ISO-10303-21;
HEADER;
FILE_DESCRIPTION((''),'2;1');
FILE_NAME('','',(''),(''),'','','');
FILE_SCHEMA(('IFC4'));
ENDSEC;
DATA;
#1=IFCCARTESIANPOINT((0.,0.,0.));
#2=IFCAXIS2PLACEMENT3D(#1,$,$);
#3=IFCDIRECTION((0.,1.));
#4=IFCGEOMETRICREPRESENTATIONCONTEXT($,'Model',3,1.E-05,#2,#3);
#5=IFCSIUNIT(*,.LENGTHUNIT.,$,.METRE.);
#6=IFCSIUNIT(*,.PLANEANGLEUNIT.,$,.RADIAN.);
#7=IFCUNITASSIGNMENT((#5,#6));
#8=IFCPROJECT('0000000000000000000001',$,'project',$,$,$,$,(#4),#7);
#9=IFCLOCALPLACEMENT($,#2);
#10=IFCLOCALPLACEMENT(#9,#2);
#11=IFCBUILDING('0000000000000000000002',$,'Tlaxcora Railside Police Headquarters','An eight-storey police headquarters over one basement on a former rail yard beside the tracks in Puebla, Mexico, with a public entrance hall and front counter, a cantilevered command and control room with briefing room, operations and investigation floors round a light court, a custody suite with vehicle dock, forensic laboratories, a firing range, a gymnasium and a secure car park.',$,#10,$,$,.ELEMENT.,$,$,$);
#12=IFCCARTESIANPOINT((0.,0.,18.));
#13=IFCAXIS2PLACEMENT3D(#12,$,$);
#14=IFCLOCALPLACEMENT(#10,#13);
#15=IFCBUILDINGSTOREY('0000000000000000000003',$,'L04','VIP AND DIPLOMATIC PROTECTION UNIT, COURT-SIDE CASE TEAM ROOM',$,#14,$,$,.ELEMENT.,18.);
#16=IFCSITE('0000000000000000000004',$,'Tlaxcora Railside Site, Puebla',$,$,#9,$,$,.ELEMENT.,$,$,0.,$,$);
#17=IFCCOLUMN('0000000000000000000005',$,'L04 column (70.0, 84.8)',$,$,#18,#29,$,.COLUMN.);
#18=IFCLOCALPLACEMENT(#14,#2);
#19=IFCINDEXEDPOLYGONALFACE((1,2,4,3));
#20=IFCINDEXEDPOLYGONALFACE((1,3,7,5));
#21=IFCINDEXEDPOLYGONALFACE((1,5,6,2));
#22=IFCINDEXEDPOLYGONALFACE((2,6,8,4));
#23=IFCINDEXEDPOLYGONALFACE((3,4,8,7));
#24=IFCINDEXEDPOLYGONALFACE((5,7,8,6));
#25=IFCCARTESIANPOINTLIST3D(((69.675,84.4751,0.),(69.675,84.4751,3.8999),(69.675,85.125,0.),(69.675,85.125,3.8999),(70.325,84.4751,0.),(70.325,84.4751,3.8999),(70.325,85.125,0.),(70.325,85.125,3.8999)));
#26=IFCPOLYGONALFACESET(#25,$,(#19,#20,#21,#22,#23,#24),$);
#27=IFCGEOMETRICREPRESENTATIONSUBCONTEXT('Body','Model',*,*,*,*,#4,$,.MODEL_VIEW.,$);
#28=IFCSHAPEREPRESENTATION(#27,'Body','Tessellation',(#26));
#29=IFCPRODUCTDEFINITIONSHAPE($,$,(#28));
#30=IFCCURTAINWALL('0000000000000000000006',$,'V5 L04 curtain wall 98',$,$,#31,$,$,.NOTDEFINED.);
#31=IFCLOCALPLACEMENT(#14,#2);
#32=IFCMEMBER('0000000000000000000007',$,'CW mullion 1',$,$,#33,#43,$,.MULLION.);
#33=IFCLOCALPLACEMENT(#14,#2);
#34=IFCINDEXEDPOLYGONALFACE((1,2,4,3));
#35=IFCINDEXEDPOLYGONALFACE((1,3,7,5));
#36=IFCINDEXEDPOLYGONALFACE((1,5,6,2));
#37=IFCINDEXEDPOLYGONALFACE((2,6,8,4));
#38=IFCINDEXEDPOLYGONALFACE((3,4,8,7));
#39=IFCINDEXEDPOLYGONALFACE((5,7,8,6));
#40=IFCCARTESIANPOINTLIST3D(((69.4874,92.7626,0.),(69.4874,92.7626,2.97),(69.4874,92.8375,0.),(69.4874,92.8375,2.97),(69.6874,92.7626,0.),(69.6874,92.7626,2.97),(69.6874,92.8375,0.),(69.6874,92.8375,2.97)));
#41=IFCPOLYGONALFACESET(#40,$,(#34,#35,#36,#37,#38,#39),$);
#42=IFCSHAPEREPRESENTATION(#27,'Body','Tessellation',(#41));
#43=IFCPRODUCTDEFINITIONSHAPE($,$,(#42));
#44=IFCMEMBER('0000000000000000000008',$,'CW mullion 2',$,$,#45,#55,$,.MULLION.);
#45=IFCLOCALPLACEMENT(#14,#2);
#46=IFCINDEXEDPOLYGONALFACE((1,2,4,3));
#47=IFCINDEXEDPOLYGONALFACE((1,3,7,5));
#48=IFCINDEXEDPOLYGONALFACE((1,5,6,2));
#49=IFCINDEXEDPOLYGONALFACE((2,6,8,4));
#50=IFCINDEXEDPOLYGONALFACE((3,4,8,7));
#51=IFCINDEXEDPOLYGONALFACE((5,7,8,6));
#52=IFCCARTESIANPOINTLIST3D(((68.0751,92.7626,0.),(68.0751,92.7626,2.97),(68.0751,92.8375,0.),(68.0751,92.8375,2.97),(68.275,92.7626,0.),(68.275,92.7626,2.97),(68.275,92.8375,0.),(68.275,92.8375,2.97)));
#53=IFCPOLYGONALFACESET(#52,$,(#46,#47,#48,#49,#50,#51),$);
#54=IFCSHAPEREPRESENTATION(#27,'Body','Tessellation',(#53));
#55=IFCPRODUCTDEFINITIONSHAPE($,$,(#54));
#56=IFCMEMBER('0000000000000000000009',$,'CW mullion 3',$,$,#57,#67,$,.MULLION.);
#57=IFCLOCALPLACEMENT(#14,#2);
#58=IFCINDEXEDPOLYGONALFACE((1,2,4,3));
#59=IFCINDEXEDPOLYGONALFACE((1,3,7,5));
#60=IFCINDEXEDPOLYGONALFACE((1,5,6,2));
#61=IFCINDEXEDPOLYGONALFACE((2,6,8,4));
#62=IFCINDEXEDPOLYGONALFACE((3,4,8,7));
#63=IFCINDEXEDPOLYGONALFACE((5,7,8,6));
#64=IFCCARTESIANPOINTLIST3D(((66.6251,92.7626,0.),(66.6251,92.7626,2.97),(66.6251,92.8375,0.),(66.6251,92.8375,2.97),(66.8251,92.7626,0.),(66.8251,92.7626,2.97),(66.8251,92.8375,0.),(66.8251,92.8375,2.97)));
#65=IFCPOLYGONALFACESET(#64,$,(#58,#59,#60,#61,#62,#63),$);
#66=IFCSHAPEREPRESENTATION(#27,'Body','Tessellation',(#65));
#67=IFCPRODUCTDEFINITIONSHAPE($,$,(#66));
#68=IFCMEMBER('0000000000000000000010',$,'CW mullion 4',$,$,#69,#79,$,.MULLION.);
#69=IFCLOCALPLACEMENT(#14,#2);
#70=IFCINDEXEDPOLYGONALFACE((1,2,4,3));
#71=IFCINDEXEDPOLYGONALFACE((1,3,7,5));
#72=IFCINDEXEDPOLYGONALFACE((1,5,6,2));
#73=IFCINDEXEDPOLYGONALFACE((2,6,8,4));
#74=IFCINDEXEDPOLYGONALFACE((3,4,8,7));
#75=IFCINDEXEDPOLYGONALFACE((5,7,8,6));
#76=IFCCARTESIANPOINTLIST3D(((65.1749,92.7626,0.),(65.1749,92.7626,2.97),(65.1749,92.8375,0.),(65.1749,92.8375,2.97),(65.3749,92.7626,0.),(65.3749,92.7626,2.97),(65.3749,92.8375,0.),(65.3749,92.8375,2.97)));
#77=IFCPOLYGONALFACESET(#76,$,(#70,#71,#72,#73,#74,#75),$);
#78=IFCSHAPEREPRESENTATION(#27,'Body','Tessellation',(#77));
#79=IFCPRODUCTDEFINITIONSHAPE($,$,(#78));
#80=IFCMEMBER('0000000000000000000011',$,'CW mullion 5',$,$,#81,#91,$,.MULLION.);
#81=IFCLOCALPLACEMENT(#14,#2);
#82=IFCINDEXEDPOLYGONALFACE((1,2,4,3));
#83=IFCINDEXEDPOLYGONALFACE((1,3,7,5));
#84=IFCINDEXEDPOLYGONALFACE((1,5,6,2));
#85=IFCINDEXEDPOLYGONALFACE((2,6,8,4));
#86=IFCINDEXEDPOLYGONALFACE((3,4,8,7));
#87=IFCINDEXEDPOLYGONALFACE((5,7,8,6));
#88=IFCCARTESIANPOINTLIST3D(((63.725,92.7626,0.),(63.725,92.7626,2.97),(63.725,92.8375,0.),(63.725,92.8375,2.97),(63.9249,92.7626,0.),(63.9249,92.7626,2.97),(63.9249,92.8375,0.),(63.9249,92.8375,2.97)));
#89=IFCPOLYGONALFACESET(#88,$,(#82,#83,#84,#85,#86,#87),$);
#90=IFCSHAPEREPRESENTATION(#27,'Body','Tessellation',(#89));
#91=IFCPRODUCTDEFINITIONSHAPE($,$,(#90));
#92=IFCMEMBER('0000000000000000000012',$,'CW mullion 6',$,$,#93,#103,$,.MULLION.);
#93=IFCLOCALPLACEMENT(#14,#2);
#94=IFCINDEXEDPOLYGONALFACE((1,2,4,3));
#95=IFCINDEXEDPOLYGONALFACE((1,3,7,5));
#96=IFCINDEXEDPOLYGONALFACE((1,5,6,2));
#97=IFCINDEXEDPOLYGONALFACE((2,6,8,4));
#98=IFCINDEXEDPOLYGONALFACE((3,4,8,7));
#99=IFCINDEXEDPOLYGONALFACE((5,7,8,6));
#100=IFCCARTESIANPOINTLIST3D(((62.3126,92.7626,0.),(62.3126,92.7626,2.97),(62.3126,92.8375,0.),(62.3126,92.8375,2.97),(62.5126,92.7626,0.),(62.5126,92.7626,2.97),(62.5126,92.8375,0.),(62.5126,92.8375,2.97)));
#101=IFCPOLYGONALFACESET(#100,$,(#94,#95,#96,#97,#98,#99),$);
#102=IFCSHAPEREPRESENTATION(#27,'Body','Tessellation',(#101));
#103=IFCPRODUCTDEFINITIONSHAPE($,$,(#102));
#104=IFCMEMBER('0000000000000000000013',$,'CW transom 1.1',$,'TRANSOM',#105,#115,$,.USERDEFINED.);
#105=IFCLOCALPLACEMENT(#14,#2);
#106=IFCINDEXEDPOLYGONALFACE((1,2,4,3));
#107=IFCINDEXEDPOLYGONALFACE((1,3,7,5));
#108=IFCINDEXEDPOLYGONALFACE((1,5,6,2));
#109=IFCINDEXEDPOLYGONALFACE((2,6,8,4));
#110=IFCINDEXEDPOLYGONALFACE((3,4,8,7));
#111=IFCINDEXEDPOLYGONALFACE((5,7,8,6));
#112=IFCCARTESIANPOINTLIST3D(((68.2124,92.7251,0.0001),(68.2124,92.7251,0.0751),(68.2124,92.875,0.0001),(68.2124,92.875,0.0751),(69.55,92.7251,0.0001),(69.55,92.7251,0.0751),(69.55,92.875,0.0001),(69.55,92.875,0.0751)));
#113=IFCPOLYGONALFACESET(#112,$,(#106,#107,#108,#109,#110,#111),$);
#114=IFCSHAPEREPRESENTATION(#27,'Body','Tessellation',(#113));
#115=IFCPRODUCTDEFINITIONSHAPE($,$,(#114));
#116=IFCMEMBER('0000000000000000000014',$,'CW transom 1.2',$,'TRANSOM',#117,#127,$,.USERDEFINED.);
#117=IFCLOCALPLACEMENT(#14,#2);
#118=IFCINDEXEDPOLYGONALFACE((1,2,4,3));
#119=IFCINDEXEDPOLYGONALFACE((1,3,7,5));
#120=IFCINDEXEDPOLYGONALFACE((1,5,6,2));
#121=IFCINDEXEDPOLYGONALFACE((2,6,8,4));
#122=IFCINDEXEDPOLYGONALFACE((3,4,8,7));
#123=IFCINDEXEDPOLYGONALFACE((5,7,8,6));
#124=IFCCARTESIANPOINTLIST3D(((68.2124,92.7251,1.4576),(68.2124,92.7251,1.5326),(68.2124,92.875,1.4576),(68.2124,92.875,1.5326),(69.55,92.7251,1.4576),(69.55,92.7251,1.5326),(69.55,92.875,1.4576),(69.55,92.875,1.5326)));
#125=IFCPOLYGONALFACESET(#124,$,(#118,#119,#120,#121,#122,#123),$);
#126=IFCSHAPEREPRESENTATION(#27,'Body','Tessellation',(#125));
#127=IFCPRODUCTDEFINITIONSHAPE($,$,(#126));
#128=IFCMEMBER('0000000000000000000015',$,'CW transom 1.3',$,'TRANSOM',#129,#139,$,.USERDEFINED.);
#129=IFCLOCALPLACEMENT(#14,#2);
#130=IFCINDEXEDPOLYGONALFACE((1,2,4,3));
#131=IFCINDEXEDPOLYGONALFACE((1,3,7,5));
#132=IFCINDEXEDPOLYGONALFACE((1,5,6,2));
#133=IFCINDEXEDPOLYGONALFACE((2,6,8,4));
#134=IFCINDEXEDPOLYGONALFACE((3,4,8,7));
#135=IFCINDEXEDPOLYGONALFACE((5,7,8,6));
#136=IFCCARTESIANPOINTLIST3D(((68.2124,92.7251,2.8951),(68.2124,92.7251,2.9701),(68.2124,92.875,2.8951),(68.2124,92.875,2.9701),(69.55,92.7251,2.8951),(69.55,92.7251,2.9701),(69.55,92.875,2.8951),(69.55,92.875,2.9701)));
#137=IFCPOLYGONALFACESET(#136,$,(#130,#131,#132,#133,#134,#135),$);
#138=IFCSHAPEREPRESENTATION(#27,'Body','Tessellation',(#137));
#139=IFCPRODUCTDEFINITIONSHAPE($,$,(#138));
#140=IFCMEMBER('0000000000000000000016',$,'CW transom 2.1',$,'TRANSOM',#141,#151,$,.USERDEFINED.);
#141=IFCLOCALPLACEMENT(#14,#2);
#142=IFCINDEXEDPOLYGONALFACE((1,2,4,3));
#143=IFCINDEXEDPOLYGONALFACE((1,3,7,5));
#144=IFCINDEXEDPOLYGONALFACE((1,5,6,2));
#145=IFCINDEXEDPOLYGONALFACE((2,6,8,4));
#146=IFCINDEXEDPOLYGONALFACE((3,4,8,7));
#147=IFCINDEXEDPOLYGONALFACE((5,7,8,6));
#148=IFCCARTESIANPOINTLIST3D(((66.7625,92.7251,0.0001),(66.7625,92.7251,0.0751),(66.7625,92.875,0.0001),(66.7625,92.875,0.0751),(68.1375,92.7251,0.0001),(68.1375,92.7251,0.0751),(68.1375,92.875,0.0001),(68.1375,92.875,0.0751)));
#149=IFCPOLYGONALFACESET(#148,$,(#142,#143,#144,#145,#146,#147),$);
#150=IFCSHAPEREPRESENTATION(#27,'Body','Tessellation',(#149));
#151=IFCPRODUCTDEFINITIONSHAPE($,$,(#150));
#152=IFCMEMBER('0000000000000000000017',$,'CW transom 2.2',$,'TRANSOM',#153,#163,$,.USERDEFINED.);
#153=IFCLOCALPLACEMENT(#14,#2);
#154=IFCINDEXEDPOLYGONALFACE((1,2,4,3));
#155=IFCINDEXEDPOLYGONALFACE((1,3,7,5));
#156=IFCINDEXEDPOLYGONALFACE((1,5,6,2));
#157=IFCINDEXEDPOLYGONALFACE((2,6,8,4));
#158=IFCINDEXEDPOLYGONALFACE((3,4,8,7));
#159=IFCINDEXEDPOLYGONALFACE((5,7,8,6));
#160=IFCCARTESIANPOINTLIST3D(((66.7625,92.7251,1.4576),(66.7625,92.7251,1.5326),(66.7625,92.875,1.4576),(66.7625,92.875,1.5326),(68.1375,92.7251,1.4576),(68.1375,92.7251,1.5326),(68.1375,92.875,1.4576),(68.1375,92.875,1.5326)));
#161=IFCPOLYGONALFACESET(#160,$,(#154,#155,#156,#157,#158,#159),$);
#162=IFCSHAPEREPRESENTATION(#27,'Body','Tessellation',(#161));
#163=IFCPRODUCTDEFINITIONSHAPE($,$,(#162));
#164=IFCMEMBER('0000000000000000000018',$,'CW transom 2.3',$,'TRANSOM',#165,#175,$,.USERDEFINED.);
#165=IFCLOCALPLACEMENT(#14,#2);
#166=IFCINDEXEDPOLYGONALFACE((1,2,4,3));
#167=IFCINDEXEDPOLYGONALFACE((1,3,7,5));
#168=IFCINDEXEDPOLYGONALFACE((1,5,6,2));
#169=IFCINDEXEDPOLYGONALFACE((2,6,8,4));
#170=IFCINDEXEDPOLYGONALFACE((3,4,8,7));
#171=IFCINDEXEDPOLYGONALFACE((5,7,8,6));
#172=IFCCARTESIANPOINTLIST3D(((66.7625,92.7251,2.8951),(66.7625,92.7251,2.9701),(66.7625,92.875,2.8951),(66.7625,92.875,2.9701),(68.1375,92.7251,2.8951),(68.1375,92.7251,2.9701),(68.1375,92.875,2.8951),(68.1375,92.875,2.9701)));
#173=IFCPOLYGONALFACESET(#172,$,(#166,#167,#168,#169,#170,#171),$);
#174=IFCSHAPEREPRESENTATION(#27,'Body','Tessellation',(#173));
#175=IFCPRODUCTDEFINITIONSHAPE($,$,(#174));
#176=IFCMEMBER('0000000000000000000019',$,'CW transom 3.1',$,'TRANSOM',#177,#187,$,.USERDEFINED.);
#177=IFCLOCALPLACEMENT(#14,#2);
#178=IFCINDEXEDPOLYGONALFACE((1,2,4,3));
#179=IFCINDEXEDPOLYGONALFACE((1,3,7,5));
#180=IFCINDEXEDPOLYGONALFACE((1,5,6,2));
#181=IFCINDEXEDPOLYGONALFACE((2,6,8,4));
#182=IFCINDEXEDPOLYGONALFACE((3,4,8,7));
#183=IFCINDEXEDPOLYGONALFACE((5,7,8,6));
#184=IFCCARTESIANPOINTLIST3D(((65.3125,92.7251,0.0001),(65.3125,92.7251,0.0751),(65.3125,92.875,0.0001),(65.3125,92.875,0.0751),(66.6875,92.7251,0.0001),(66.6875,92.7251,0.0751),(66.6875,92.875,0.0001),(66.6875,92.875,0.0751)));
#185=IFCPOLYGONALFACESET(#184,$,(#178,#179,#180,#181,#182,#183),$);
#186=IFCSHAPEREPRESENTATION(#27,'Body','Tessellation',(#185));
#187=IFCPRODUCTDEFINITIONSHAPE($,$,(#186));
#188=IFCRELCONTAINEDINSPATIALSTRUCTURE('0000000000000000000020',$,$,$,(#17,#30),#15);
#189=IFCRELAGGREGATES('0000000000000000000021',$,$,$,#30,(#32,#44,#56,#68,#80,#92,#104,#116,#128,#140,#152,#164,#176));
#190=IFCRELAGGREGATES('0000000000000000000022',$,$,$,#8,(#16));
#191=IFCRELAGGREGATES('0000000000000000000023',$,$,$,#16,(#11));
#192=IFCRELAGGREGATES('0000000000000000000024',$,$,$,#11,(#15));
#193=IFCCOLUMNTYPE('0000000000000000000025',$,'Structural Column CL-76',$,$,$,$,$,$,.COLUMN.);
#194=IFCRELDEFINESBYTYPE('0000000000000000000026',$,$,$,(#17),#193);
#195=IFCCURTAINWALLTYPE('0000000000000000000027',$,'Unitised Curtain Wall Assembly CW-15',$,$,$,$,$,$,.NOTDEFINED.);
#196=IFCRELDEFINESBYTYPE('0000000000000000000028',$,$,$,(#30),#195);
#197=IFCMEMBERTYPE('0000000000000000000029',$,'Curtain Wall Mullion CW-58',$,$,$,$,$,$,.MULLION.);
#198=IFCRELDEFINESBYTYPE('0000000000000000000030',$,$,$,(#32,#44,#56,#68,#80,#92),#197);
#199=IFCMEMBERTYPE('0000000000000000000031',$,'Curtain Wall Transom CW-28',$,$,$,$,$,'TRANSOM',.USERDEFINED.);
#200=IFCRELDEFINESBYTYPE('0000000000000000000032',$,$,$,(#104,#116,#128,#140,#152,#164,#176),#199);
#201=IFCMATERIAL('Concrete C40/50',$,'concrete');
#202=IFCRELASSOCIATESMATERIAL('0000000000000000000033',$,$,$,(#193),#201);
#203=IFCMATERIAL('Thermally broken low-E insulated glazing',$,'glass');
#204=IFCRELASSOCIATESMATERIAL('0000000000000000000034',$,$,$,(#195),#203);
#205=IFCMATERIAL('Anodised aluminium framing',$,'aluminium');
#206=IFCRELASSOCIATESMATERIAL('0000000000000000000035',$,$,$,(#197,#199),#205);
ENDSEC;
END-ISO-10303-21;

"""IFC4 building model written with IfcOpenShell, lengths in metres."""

from ifc_helpers import new_model, si_unit, direction, frame, origin, origin_2d, place, context, subcontext, project, spatial, rectangle, extrude, material, material_profile, profile_set, type_object, element, aggregate, save


model = new_model("IFC4")

# Units and contexts
model_context = context("Model", 3, precision=1e-05, world=origin(), true_north=direction((0.0, 1.0)))
body_context = subcontext(model_context, "Body", "Model", "MODEL_VIEW")
ifc_project = project(units=[si_unit("LENGTHUNIT", "METRE"), si_unit("PLANEANGLEUNIT", "RADIAN")], contexts=[model_context])

# Site, building, storey
site_placement = place(None, origin())
site = spatial("IfcSite", under=ifc_project, at=site_placement, Name="Tlaxcora Railside Site, Puebla", CompositionType="ELEMENT", RefElevation=0.0)
building_placement = place(site_placement, origin())
building = spatial("IfcBuilding", under=site, at=building_placement, Name="Tlaxcora Railside Police Headquarters", Description="An eight-storey police headquarters over one basement on a former rail yard beside the tracks in Puebla, Mexico, with a public entrance hall and front counter, a cantilevered command and control room with briefing room, operations and investigation floors round a light court, a custody suite with vehicle dock, forensic laboratories, a firing range, a gymnasium and a secure car park.", CompositionType="ELEMENT")
storey_placement = place(building_placement, frame((0.0, 0.0, 18.0)))
storey = spatial("IfcBuildingStorey", under=building, at=storey_placement, Name="L04", Description="VIP AND DIPLOMATIC PROTECTION UNIT, COURT-SIDE CASE TEAM ROOM", CompositionType="ELEMENT", Elevation=18.0)

# Column
ifc_material_1 = material(Name="Concrete C40/50", Category="concrete")
ifc_material_profile_1 = material_profile(ifc_material_1, rectangle(XDim=0.6499, YDim=0.6499, at=origin_2d()), Name="RC650X650")
ifc_profile_set_1 = profile_set([ifc_material_profile_1], Name="Concrete C40/50")
column_type = type_object("IfcColumnType", Name="Structural Column CL-76", PredefinedType="COLUMN", material=ifc_profile_set_1)
column_placement = place(storey_placement, frame((70.0, 84.8, 0.0), z_axis=(0.0, 0.0, 1.0), x_axis=(1.0, 0.0, 0.0)))
element("IfcColumn", 1, at=column_placement, inside=storey, type_object=column_type, Name="L04 column (70.0, 84.8)", PredefinedType="COLUMN", context=body_context, shape_type="SweptSolid", body=[
    extrude(rectangle(XDim=0.6499, YDim=0.6499, at=origin_2d()), origin(), (0.0, 0.0, 1.0), 3.8999),
])

# Curtain wall, members
ifc_material_2 = material(Name="Thermally broken low-E insulated glazing", Category="glass")
curtain_wall_type = type_object("IfcCurtainWallType", Name="Unitised Curtain Wall Assembly CW-15", PredefinedType="NOTDEFINED", material=ifc_material_2)
curtain_wall_placement = place(storey_placement, origin())
curtain_wall = element("IfcCurtainWall", 2, at=curtain_wall_placement, inside=storey, type_object=curtain_wall_type, Name="V5 L04 curtain wall 98", PredefinedType="NOTDEFINED")
ifc_material_3 = material(Name="Anodised aluminium framing", Category="aluminium")
ifc_material_profile_2 = material_profile(ifc_material_3, rectangle(XDim=0.075, YDim=0.2, at=origin_2d()), Name="AL75X200")
ifc_profile_set_2 = profile_set([ifc_material_profile_2], Name="Anodised aluminium framing")
member_type_1 = type_object("IfcMemberType", Name="Curtain Wall Mullion CW-58", PredefinedType="MULLION", material=ifc_profile_set_2)
member_1_placement = place(storey_placement, frame((69.5874, 92.8, 0.0), z_axis=(0.0, 0.0, 1.0), x_axis=(0.0, -1.0, 0.0)))
member_1 = element("IfcMember", 3, at=member_1_placement, type_object=member_type_1, Name="CW mullion 1", PredefinedType="MULLION", context=body_context, shape_type="SweptSolid", body=[
    extrude(rectangle(XDim=0.075, YDim=0.2, at=origin_2d()), origin(), (0.0, 0.0, 1.0), 2.97),
])
member_2_placement = place(storey_placement, frame((68.175, 92.8, 0.0), z_axis=(0.0, 0.0, 1.0), x_axis=(0.0, -1.0, 0.0)))
member_2 = element("IfcMember", 4, at=member_2_placement, type_object=member_type_1, Name="CW mullion 2", PredefinedType="MULLION", context=body_context, shape_type="SweptSolid", body=[
    extrude(rectangle(XDim=0.075, YDim=0.2, at=origin_2d()), origin(), (0.0, 0.0, 1.0), 2.97),
])
member_3_placement = place(storey_placement, frame((66.7251, 92.8, 0.0), z_axis=(0.0, 0.0, 1.0), x_axis=(0.0, -1.0, 0.0)))
member_3 = element("IfcMember", 5, at=member_3_placement, type_object=member_type_1, Name="CW mullion 3", PredefinedType="MULLION", context=body_context, shape_type="SweptSolid", body=[
    extrude(rectangle(XDim=0.075, YDim=0.2, at=origin_2d()), origin(), (0.0, 0.0, 1.0), 2.97),
])
member_4_placement = place(storey_placement, frame((65.2749, 92.8, 0.0), z_axis=(0.0, 0.0, 1.0), x_axis=(0.0, -1.0, 0.0)))
member_4 = element("IfcMember", 6, at=member_4_placement, type_object=member_type_1, Name="CW mullion 4", PredefinedType="MULLION", context=body_context, shape_type="SweptSolid", body=[
    extrude(rectangle(XDim=0.075, YDim=0.2, at=origin_2d()), origin(), (0.0, 0.0, 1.0), 2.97),
])
member_5_placement = place(storey_placement, frame((63.825, 92.8, 0.0), z_axis=(0.0, 0.0, 1.0), x_axis=(0.0, -1.0, 0.0)))
member_5 = element("IfcMember", 7, at=member_5_placement, type_object=member_type_1, Name="CW mullion 5", PredefinedType="MULLION", context=body_context, shape_type="SweptSolid", body=[
    extrude(rectangle(XDim=0.075, YDim=0.2, at=origin_2d()), origin(), (0.0, 0.0, 1.0), 2.97),
])
member_6_placement = place(storey_placement, frame((62.4126, 92.8, 0.0), z_axis=(0.0, 0.0, 1.0), x_axis=(0.0, -1.0, 0.0)))
member_6 = element("IfcMember", 8, at=member_6_placement, type_object=member_type_1, Name="CW mullion 6", PredefinedType="MULLION", context=body_context, shape_type="SweptSolid", body=[
    extrude(rectangle(XDim=0.075, YDim=0.2, at=origin_2d()), origin(), (0.0, 0.0, 1.0), 2.97),
])
ifc_material_profile_3 = material_profile(ifc_material_3, rectangle(XDim=0.1499, YDim=0.075, at=origin_2d()), Name="AL75X150")
ifc_profile_set_3 = profile_set([ifc_material_profile_3], Name="Anodised aluminium framing")
member_type_2 = type_object("IfcMemberType", Name="Curtain Wall Transom CW-28", ElementType="TRANSOM", PredefinedType="USERDEFINED", material=ifc_profile_set_3)
member_7_placement = place(storey_placement, frame((69.55, 92.8, 0.0376), z_axis=(-1.0, 0.0, 0.0), x_axis=(0.0, -1.0, 0.0)))
member_7 = element("IfcMember", 9, at=member_7_placement, type_object=member_type_2, Name="CW transom 1.1", ObjectType="TRANSOM", PredefinedType="USERDEFINED", context=body_context, shape_type="SweptSolid", body=[
    extrude(rectangle(XDim=0.1499, YDim=0.075, at=origin_2d()), origin(), (0.0, 0.0, 1.0), 1.3376),
])
member_8_placement = place(storey_placement, frame((69.55, 92.8, 1.4951), z_axis=(-1.0, 0.0, 0.0), x_axis=(0.0, -1.0, 0.0)))
member_8 = element("IfcMember", 10, at=member_8_placement, type_object=member_type_2, Name="CW transom 1.2", ObjectType="TRANSOM", PredefinedType="USERDEFINED", context=body_context, shape_type="SweptSolid", body=[
    extrude(rectangle(XDim=0.1499, YDim=0.075, at=origin_2d()), origin(), (0.0, 0.0, 1.0), 1.3376),
])
member_9_placement = place(storey_placement, frame((69.55, 92.8, 2.9326), z_axis=(-1.0, 0.0, 0.0), x_axis=(0.0, -1.0, 0.0)))
member_9 = element("IfcMember", 11, at=member_9_placement, type_object=member_type_2, Name="CW transom 1.3", ObjectType="TRANSOM", PredefinedType="USERDEFINED", context=body_context, shape_type="SweptSolid", body=[
    extrude(rectangle(XDim=0.1499, YDim=0.075, at=origin_2d()), origin(), (0.0, 0.0, 1.0), 1.3376),
])
member_10_placement = place(storey_placement, frame((68.1375, 92.8, 0.0376), z_axis=(-1.0, 0.0, 0.0), x_axis=(0.0, -1.0, 0.0)))
member_10 = element("IfcMember", 12, at=member_10_placement, type_object=member_type_2, Name="CW transom 2.1", ObjectType="TRANSOM", PredefinedType="USERDEFINED", context=body_context, shape_type="SweptSolid", body=[
    extrude(rectangle(XDim=0.1499, YDim=0.075, at=origin_2d()), origin(), (0.0, 0.0, 1.0), 1.375),
])
member_11_placement = place(storey_placement, frame((68.1375, 92.8, 1.4951), z_axis=(-1.0, 0.0, 0.0), x_axis=(0.0, -1.0, 0.0)))
member_11 = element("IfcMember", 13, at=member_11_placement, type_object=member_type_2, Name="CW transom 2.2", ObjectType="TRANSOM", PredefinedType="USERDEFINED", context=body_context, shape_type="SweptSolid", body=[
    extrude(rectangle(XDim=0.1499, YDim=0.075, at=origin_2d()), origin(), (0.0, 0.0, 1.0), 1.375),
])
member_12_placement = place(storey_placement, frame((68.1375, 92.8, 2.9326), z_axis=(-1.0, 0.0, 0.0), x_axis=(0.0, -1.0, 0.0)))
member_12 = element("IfcMember", 14, at=member_12_placement, type_object=member_type_2, Name="CW transom 2.3", ObjectType="TRANSOM", PredefinedType="USERDEFINED", context=body_context, shape_type="SweptSolid", body=[
    extrude(rectangle(XDim=0.1499, YDim=0.075, at=origin_2d()), origin(), (0.0, 0.0, 1.0), 1.375),
])
member_13_placement = place(storey_placement, frame((66.6875, 92.8, 0.0376), z_axis=(-1.0, 0.0, 0.0), x_axis=(0.0, -1.0, 0.0)))
member_13 = element("IfcMember", 15, at=member_13_placement, type_object=member_type_2, Name="CW transom 3.1", ObjectType="TRANSOM", PredefinedType="USERDEFINED", context=body_context, shape_type="SweptSolid", body=[
    extrude(rectangle(XDim=0.1499, YDim=0.075, at=origin_2d()), origin(), (0.0, 0.0, 1.0), 1.375),
])

aggregate(curtain_wall, [member_1, member_2, member_3, member_4, member_5, member_6, member_7, member_8, member_9, member_10, member_11, member_12, member_13])

save(model, "model.ifc")
